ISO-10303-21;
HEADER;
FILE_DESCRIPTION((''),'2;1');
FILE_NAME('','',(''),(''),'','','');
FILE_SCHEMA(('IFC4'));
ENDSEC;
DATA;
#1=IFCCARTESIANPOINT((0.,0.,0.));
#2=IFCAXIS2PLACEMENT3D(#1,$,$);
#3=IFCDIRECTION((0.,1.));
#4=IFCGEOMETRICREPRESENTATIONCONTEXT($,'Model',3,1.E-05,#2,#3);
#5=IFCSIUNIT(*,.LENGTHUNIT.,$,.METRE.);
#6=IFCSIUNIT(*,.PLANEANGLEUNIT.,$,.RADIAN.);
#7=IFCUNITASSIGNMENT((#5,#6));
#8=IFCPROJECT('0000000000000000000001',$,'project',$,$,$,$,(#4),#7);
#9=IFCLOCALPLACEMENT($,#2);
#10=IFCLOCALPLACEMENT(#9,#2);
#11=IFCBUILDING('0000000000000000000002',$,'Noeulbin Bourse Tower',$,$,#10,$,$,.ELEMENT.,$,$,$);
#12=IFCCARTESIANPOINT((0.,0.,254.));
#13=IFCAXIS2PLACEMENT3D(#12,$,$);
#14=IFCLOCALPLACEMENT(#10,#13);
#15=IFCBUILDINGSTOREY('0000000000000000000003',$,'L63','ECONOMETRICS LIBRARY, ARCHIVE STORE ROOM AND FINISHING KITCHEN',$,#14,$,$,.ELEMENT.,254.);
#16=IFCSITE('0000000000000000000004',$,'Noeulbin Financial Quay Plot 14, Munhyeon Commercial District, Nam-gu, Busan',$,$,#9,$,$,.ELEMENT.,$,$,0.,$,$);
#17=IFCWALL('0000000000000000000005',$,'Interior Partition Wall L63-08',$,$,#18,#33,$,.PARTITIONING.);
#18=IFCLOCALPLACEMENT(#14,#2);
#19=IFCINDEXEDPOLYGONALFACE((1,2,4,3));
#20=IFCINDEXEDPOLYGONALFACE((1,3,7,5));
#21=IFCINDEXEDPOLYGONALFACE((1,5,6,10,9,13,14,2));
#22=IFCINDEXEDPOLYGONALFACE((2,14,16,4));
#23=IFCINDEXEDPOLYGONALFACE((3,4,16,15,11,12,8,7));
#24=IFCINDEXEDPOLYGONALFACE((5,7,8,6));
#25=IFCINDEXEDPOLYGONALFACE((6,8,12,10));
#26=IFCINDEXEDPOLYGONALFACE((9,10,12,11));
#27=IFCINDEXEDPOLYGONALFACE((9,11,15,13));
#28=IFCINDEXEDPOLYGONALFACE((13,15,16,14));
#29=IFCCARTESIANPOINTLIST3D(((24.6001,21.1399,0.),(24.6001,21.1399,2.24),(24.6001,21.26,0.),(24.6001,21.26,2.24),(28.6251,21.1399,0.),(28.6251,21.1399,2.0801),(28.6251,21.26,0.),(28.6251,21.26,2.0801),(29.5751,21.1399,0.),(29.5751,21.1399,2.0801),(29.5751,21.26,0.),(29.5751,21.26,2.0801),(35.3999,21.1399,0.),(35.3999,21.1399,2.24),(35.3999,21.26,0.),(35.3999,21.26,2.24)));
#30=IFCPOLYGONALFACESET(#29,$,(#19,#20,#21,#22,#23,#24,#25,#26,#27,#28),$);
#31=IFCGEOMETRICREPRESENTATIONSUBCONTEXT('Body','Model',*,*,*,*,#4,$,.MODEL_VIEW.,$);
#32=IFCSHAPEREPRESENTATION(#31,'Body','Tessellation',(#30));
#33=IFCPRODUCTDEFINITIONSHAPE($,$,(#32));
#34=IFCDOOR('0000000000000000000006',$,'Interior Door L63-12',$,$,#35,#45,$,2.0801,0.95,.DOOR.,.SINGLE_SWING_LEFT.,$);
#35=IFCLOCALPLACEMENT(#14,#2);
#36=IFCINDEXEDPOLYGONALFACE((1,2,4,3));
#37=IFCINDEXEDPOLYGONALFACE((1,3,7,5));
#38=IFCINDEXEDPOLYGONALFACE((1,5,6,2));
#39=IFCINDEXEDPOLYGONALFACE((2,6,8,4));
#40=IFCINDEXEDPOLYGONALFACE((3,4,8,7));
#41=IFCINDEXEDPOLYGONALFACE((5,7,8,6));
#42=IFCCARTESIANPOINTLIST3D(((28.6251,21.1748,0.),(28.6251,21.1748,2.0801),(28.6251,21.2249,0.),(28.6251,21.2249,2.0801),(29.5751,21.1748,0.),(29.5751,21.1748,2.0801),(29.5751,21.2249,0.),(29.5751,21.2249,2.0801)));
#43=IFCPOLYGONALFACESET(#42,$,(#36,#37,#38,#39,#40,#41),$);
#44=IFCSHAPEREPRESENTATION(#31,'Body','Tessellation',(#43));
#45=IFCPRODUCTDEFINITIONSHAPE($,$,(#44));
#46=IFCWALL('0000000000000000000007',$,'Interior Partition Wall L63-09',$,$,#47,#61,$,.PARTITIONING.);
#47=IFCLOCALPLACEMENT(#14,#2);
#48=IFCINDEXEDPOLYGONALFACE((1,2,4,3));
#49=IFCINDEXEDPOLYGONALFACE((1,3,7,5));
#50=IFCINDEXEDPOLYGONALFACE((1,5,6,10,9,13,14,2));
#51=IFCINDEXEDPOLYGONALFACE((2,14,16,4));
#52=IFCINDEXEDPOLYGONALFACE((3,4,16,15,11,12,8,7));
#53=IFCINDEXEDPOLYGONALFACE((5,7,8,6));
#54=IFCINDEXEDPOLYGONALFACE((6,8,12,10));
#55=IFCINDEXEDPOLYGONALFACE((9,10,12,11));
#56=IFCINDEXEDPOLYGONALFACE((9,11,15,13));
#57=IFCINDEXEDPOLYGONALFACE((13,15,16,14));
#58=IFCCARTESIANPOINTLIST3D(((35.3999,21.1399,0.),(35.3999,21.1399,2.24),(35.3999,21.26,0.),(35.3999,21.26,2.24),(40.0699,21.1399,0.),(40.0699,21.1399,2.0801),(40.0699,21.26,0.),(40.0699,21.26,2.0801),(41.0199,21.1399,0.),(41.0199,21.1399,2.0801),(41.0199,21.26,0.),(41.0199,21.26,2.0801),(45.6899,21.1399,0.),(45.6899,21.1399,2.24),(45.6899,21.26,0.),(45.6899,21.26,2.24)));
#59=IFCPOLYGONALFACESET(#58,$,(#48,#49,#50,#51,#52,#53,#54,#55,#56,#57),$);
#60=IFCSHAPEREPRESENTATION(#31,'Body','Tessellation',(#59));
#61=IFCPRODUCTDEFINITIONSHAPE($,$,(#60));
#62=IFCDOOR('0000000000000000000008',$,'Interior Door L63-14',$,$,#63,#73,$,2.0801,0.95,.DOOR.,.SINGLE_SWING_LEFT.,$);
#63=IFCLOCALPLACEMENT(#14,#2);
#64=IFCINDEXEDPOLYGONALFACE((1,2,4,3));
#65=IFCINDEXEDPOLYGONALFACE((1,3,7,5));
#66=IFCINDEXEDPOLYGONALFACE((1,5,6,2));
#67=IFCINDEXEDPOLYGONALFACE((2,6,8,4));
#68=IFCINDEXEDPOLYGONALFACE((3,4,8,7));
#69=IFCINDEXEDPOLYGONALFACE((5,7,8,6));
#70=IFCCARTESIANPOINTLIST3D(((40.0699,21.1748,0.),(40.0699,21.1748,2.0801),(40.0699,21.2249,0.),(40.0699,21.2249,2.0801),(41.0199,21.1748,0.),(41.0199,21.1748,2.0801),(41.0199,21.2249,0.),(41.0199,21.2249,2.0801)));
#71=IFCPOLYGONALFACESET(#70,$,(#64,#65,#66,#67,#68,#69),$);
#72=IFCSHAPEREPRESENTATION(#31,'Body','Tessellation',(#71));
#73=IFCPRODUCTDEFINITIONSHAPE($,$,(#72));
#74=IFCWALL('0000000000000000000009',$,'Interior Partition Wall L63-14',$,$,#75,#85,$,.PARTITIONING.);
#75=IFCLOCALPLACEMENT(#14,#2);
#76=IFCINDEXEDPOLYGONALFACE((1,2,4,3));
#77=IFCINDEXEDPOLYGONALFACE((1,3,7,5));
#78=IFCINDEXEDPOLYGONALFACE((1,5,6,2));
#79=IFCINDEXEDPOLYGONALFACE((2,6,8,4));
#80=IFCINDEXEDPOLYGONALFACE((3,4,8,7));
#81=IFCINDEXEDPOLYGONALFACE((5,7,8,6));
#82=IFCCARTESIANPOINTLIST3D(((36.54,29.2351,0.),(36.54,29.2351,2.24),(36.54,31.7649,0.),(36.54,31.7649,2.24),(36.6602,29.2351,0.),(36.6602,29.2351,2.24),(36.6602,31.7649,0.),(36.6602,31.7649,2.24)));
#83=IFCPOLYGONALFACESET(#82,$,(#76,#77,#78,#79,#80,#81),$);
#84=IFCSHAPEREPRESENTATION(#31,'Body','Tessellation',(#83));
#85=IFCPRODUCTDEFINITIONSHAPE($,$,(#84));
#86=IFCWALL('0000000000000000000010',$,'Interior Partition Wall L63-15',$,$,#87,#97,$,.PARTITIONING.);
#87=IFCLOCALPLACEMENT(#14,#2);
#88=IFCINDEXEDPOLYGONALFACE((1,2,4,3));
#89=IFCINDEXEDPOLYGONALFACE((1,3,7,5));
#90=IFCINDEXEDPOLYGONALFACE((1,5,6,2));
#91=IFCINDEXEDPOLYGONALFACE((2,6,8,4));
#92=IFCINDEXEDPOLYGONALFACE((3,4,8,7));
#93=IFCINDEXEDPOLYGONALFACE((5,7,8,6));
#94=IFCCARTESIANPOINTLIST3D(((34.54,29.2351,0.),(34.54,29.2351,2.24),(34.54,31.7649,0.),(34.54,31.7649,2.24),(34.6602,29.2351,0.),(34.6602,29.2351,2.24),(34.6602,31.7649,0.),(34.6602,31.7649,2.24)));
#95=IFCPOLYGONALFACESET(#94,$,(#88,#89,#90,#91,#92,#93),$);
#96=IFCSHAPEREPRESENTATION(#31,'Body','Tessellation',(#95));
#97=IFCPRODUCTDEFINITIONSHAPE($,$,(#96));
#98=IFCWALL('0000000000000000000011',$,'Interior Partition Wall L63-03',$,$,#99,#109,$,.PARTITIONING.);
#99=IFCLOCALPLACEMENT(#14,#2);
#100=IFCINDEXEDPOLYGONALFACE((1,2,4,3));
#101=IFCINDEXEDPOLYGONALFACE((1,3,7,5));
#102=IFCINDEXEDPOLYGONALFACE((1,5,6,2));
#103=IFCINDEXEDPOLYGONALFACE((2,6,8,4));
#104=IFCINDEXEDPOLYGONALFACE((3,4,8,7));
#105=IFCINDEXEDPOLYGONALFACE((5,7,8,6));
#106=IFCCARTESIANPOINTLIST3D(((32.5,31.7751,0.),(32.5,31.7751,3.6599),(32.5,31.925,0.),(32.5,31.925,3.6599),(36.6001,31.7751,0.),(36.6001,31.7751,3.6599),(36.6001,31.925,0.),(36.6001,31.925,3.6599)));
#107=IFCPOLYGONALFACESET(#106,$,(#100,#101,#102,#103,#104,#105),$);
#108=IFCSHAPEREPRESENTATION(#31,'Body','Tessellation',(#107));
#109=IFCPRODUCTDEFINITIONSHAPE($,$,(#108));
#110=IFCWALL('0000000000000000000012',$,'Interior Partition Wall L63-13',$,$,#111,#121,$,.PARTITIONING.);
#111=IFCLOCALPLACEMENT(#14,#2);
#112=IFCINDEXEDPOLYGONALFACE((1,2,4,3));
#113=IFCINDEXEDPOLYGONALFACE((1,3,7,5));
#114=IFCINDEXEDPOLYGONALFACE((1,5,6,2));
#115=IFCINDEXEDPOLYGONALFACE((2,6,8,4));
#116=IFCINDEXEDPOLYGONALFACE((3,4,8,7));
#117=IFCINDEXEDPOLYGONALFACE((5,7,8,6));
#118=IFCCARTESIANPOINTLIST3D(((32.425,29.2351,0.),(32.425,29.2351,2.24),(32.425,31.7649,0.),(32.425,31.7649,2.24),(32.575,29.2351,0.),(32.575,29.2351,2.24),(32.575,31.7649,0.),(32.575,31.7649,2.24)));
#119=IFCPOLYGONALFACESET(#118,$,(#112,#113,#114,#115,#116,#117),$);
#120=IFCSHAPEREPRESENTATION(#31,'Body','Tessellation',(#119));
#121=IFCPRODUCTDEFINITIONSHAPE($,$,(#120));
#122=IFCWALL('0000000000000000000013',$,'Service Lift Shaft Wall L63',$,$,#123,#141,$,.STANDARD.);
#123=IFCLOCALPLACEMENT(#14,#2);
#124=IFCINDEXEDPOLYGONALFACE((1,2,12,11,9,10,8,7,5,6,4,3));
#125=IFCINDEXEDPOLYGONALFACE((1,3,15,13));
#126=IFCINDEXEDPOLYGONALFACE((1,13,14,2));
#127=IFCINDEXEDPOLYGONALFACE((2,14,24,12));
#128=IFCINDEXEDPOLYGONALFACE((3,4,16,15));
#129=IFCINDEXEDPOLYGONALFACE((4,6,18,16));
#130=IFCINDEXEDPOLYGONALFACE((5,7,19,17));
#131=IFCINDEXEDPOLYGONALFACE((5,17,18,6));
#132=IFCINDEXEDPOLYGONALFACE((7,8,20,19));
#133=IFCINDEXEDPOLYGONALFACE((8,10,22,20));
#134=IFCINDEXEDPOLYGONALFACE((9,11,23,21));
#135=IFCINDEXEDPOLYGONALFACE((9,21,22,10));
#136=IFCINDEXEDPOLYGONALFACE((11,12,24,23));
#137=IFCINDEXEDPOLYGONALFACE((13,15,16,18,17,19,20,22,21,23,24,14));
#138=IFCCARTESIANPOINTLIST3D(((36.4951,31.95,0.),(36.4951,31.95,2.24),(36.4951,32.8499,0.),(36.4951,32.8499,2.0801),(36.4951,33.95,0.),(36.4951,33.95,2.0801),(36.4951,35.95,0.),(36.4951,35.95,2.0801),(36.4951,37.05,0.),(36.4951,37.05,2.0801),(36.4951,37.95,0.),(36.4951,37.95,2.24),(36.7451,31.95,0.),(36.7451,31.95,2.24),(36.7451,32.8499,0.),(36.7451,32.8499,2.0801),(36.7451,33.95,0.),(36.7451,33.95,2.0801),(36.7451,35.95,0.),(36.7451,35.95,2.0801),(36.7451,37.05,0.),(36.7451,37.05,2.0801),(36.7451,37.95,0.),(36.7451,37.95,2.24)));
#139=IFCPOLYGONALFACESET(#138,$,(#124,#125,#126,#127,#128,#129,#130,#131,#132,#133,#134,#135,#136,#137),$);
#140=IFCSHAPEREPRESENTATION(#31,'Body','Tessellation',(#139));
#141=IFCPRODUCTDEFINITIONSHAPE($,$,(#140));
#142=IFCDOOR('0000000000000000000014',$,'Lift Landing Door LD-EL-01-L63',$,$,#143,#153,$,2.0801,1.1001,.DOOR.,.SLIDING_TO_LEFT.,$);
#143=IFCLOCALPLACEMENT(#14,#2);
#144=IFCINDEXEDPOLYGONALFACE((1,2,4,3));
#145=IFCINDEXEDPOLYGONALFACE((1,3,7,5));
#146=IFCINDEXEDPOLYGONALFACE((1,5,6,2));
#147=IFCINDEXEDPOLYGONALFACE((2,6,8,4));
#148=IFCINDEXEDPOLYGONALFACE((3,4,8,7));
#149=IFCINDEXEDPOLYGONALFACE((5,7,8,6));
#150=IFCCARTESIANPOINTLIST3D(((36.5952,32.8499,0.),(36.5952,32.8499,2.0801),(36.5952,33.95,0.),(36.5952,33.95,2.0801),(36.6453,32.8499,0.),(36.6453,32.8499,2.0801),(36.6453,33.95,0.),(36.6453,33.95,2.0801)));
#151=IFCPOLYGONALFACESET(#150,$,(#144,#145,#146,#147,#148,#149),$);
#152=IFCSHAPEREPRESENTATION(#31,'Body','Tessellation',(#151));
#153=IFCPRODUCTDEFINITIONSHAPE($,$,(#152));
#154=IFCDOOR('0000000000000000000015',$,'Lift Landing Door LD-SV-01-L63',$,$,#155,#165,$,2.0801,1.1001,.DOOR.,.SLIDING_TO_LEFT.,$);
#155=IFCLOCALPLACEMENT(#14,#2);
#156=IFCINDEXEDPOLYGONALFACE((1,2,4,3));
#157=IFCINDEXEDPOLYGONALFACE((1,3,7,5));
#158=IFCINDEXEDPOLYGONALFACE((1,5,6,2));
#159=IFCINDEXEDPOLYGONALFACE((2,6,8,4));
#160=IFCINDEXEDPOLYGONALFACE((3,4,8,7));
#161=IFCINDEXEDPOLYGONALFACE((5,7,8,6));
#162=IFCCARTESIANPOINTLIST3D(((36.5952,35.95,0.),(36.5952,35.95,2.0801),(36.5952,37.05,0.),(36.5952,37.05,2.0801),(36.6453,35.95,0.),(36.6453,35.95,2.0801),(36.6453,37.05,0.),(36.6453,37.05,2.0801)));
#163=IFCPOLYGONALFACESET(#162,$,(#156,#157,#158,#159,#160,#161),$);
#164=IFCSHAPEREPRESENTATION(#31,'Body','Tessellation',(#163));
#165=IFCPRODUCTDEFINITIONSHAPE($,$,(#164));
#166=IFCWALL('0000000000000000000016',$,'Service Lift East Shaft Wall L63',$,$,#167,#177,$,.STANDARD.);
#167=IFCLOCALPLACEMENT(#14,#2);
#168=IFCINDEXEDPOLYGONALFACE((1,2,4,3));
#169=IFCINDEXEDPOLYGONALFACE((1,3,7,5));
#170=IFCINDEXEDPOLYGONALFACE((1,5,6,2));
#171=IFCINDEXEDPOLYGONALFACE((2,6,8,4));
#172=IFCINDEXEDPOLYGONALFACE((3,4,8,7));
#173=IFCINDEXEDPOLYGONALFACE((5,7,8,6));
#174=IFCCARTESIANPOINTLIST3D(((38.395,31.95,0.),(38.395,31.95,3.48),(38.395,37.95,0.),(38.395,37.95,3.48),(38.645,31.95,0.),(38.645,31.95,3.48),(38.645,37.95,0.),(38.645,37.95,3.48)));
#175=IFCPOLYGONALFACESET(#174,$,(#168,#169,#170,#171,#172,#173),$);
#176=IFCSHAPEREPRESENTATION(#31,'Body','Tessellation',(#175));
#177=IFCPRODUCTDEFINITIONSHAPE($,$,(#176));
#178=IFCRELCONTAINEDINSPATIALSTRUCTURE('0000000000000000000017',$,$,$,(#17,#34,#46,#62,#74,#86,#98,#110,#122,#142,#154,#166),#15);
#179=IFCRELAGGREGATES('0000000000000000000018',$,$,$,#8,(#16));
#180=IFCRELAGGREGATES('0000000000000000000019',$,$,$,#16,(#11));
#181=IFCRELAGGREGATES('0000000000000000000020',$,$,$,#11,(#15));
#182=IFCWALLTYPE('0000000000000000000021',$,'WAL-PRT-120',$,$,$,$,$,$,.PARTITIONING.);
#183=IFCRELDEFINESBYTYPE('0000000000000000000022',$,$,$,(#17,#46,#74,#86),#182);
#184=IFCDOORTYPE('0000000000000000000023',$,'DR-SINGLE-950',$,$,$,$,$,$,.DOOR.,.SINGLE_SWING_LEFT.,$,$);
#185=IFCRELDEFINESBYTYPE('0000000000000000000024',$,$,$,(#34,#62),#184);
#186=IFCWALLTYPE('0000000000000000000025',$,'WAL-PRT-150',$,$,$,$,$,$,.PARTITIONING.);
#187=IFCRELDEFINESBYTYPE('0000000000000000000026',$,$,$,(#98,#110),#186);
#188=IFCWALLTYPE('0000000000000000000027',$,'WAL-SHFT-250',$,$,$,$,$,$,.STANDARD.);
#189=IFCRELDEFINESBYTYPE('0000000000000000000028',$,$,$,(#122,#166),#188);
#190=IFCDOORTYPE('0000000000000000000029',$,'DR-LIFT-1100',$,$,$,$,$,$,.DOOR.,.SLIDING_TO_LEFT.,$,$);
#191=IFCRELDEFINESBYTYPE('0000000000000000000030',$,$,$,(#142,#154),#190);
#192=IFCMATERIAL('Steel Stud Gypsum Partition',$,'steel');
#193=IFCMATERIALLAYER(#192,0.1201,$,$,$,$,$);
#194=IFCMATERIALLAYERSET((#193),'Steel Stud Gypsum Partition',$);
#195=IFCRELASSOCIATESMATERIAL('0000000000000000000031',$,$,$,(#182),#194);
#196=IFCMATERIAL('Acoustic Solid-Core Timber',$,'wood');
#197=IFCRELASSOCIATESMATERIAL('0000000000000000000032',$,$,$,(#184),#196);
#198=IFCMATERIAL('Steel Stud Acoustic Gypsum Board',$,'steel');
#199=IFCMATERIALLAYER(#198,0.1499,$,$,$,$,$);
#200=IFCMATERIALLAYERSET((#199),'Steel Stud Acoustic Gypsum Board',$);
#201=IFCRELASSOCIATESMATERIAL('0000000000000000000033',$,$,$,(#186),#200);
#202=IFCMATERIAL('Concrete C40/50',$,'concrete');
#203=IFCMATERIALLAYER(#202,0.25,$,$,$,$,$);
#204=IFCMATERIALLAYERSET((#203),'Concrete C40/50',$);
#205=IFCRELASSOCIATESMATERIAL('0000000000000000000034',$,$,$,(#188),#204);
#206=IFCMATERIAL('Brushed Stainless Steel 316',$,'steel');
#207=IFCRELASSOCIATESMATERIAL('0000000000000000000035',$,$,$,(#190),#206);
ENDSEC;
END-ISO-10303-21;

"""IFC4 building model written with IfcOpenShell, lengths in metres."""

from ifc_helpers import new_model, si_unit, direction, frame, frame_2d, origin, place, context, subcontext, project, spatial, rectangle, extrude, material, layer, layer_set, type_object, element, fill, save


model = new_model("IFC4")

# Units and contexts
model_context = context("Model", 3, precision=1e-05, world=origin(), true_north=direction((0.0, 1.0)))
body_context = subcontext(model_context, "Body", "Model", "MODEL_VIEW")
ifc_project = project(units=[si_unit("LENGTHUNIT", "METRE"), si_unit("PLANEANGLEUNIT", "RADIAN")], contexts=[model_context])

# Site, building, storey
site_placement = place(None, origin())
site = spatial("IfcSite", under=ifc_project, at=site_placement, Name="Noeulbin Financial Quay Plot 14, Munhyeon Commercial District, Nam-gu, Busan", CompositionType="ELEMENT", RefElevation=0.0)
building_placement = place(site_placement, origin())
building = spatial("IfcBuilding", under=site, at=building_placement, Name="Noeulbin Bourse Tower", CompositionType="ELEMENT")
storey_placement = place(building_placement, frame((0.0, 0.0, 254.0)))
storey = spatial("IfcBuildingStorey", under=building, at=storey_placement, Name="L63", Description="ECONOMETRICS LIBRARY, ARCHIVE STORE ROOM AND FINISHING KITCHEN", CompositionType="ELEMENT", Elevation=254.0)

# Shared definitions
ifc_material_1 = material(Name="Concrete C40/50", Category="concrete")

# Walls, openings, doors
ifc_material_2 = material(Name="Steel Stud Gypsum Partition", Category="steel")
ifc_layer_1 = layer(ifc_material_2, 0.1201)
ifc_layer_set_1 = layer_set([ifc_layer_1], Name="Steel Stud Gypsum Partition")
wall_type_1 = type_object("IfcWallType", Name="WAL-PRT-120", PredefinedType="PARTITIONING", material=ifc_layer_set_1)
wall_1_placement = place(storey_placement, frame((24.6001, 21.2, 0.0), z_axis=(0.0, 0.0, 1.0), x_axis=(1.0, 0.0, 0.0)))
wall_1 = element("IfcWall", 1, at=wall_1_placement, inside=storey, type_object=wall_type_1, Name="Interior Partition Wall L63-08", PredefinedType="PARTITIONING", context=body_context, shape_type="SweptSolid", body=[
    extrude(rectangle(XDim=10.7998, YDim=0.1201, at=frame_2d((5.3999, 0.0))), origin(), (0.0, 0.0, 1.0), 2.24),
])
opening_1_placement = place(wall_1_placement, frame((4.0249, 0.0, 0.0)))
opening_1 = element("IfcOpeningElement", 2, at=opening_1_placement, cuts=wall_1, PredefinedType="OPENING", context=body_context, shape_type="SweptSolid", body=[
    extrude(rectangle(XDim=0.95, YDim=2.0801, at=frame_2d((0.4751, 1.04))), frame((0.0, 0.0701, 0.0), z_axis=(0.0, -1.0, 0.0), x_axis=(1.0, 0.0, 0.0)), (0.0, 0.0, 1.0), 0.1401),
])
ifc_material_3 = material(Name="Acoustic Solid-Core Timber", Category="wood")
door_type_1 = type_object("IfcDoorType", Name="DR-SINGLE-950", OperationType="SINGLE_SWING_LEFT", PredefinedType="DOOR", material=ifc_material_3)
door_1_placement = place(opening_1_placement, origin())
door_1 = element("IfcDoor", 3, at=door_1_placement, inside=storey, type_object=door_type_1, Name="Interior Door L63-12", OperationType="SINGLE_SWING_LEFT", OverallHeight=2.0801, OverallWidth=0.95, PredefinedType="DOOR", context=body_context, shape_type="SweptSolid", body=[
    extrude(rectangle(XDim=0.95, YDim=2.0801, at=frame_2d((0.4751, 1.04))), frame((0.0, 0.0249, 0.0), z_axis=(0.0, -1.0, 0.0), x_axis=(1.0, 0.0, 0.0)), (0.0, 0.0, 1.0), 0.05),
])
fill(opening_1, door_1)
wall_2_placement = place(storey_placement, frame((35.3999, 21.2, 0.0), z_axis=(0.0, 0.0, 1.0), x_axis=(1.0, 0.0, 0.0)))
wall_2 = element("IfcWall", 4, at=wall_2_placement, inside=storey, type_object=wall_type_1, Name="Interior Partition Wall L63-09", PredefinedType="PARTITIONING", context=body_context, shape_type="SweptSolid", body=[
    extrude(rectangle(XDim=10.29, YDim=0.1201, at=frame_2d((5.145, 0.0))), origin(), (0.0, 0.0, 1.0), 2.24),
])
opening_2_placement = place(wall_2_placement, frame((4.6699, 0.0, 0.0)))
opening_2 = element("IfcOpeningElement", 5, at=opening_2_placement, cuts=wall_2, PredefinedType="OPENING", context=body_context, shape_type="SweptSolid", body=[
    extrude(rectangle(XDim=0.95, YDim=2.0801, at=frame_2d((0.4751, 1.04))), frame((0.0, 0.0701, 0.0), z_axis=(0.0, -1.0, 0.0), x_axis=(1.0, 0.0, 0.0)), (0.0, 0.0, 1.0), 0.1401),
])
door_2_placement = place(opening_2_placement, origin())
door_2 = element("IfcDoor", 6, at=door_2_placement, inside=storey, type_object=door_type_1, Name="Interior Door L63-14", OperationType="SINGLE_SWING_LEFT", OverallHeight=2.0801, OverallWidth=0.95, PredefinedType="DOOR", context=body_context, shape_type="SweptSolid", body=[
    extrude(rectangle(XDim=0.95, YDim=2.0801, at=frame_2d((0.4751, 1.04))), frame((0.0, 0.0249, 0.0), z_axis=(0.0, -1.0, 0.0), x_axis=(1.0, 0.0, 0.0)), (0.0, 0.0, 1.0), 0.05),
])
fill(opening_2, door_2)

# Walls
for number, where, z_axis, x_axis, name in (
    (7, (36.6001, 29.2351, 0.0), (0.0, 0.0, 1.0), (0.0, 1.0, 0.0), "Interior Partition Wall L63-14"),
    (8, (34.6001, 29.2351, 0.0), (0.0, 0.0, 1.0), (0.0, 1.0, 0.0), "Interior Partition Wall L63-15"),
):
    element("IfcWall", number, at=place(storey_placement, frame(where, z_axis=z_axis, x_axis=x_axis)), inside=storey, type_object=wall_type_1, Name=name, PredefinedType="PARTITIONING", context=body_context, shape_type="SweptSolid", body=[
        extrude(rectangle(XDim=2.5298, YDim=0.1201, at=frame_2d((1.2649, 0.0))), origin(), (0.0, 0.0, 1.0), 2.24),
    ])
ifc_material_4 = material(Name="Steel Stud Acoustic Gypsum Board", Category="steel")
ifc_layer_2 = layer(ifc_material_4, 0.1499)
ifc_layer_set_2 = layer_set([ifc_layer_2], Name="Steel Stud Acoustic Gypsum Board")
wall_type_2 = type_object("IfcWallType", Name="WAL-PRT-150", PredefinedType="PARTITIONING", material=ifc_layer_set_2)
wall_3_placement = place(storey_placement, frame((32.5, 31.8501, 0.0), z_axis=(0.0, 0.0, 1.0), x_axis=(1.0, 0.0, 0.0)))
element("IfcWall", 9, at=wall_3_placement, inside=storey, type_object=wall_type_2, Name="Interior Partition Wall L63-03", PredefinedType="PARTITIONING", context=body_context, shape_type="SweptSolid", body=[
    extrude(rectangle(XDim=4.1001, YDim=0.1499, at=frame_2d((2.05, 0.0))), origin(), (0.0, 0.0, 1.0), 3.6599),
])
wall_4_placement = place(storey_placement, frame((32.5, 29.2351, 0.0), z_axis=(0.0, 0.0, 1.0), x_axis=(0.0, 1.0, 0.0)))
element("IfcWall", 10, at=wall_4_placement, inside=storey, type_object=wall_type_2, Name="Interior Partition Wall L63-13", PredefinedType="PARTITIONING", context=body_context, shape_type="SweptSolid", body=[
    extrude(rectangle(XDim=2.5298, YDim=0.1499, at=frame_2d((1.2649, 0.0))), origin(), (0.0, 0.0, 1.0), 2.24),
])

# Wall, openings, doors
ifc_layer_3 = layer(ifc_material_1, 0.25)
ifc_layer_set_3 = layer_set([ifc_layer_3], Name="Concrete C40/50")
wall_type_3 = type_object("IfcWallType", Name="WAL-SHFT-250", PredefinedType="STANDARD", material=ifc_layer_set_3)
wall_5_placement = place(storey_placement, frame((36.6201, 31.95, 0.0), z_axis=(0.0, 0.0, 1.0), x_axis=(0.0, 1.0, 0.0)))
wall_5 = element("IfcWall", 11, at=wall_5_placement, inside=storey, type_object=wall_type_3, Name="Service Lift Shaft Wall L63", PredefinedType="STANDARD", context=body_context, shape_type="SweptSolid", body=[
    extrude(rectangle(XDim=6.0, YDim=0.25, at=frame_2d((3.0, 0.0))), origin(), (0.0, 0.0, 1.0), 2.24),
])
opening_3_placement = place(wall_5_placement, frame((0.8999, 0.0, 0.0)))
opening_3 = element("IfcOpeningElement", 12, at=opening_3_placement, cuts=wall_5, PredefinedType="OPENING", context=body_context, shape_type="SweptSolid", body=[
    extrude(rectangle(XDim=1.1001, YDim=2.0801, at=frame_2d((0.55, 1.04))), frame((0.0, 0.135, 0.0), z_axis=(0.0, -1.0, 0.0), x_axis=(1.0, 0.0, 0.0)), (0.0, 0.0, 1.0), 0.27),
])
opening_4_placement = place(wall_5_placement, frame((4.0, 0.0, 0.0)))
opening_4 = element("IfcOpeningElement", 13, at=opening_4_placement, cuts=wall_5, PredefinedType="OPENING", context=body_context, shape_type="SweptSolid", body=[
    extrude(rectangle(XDim=1.1001, YDim=2.0801, at=frame_2d((0.55, 1.04))), frame((0.0, 0.135, 0.0), z_axis=(0.0, -1.0, 0.0), x_axis=(1.0, 0.0, 0.0)), (0.0, 0.0, 1.0), 0.27),
])
ifc_material_5 = material(Name="Brushed Stainless Steel 316", Category="steel")
door_type_2 = type_object("IfcDoorType", Name="DR-LIFT-1100", OperationType="SLIDING_TO_LEFT", PredefinedType="DOOR", material=ifc_material_5)
door_3_placement = place(opening_3_placement, origin())
door_3 = element("IfcDoor", 14, at=door_3_placement, inside=storey, type_object=door_type_2, Name="Lift Landing Door LD-EL-01-L63", OperationType="SLIDING_TO_LEFT", OverallHeight=2.0801, OverallWidth=1.1001, PredefinedType="DOOR", context=body_context, shape_type="SweptSolid", body=[
    extrude(rectangle(XDim=1.1001, YDim=2.0801, at=frame_2d((0.55, 1.04))), frame((0.0, 0.0249, 0.0), z_axis=(0.0, -1.0, 0.0), x_axis=(1.0, 0.0, 0.0)), (0.0, 0.0, 1.0), 0.05),
])
fill(opening_3, door_3)
door_4_placement = place(opening_4_placement, origin())
door_4 = element("IfcDoor", 15, at=door_4_placement, inside=storey, type_object=door_type_2, Name="Lift Landing Door LD-SV-01-L63", OperationType="SLIDING_TO_LEFT", OverallHeight=2.0801, OverallWidth=1.1001, PredefinedType="DOOR", context=body_context, shape_type="SweptSolid", body=[
    extrude(rectangle(XDim=1.1001, YDim=2.0801, at=frame_2d((0.55, 1.04))), frame((0.0, 0.0249, 0.0), z_axis=(0.0, -1.0, 0.0), x_axis=(1.0, 0.0, 0.0)), (0.0, 0.0, 1.0), 0.05),
])
fill(opening_4, door_4)

# Wall
wall_6_placement = place(storey_placement, frame((38.52, 31.95, 0.0), z_axis=(0.0, 0.0, 1.0), x_axis=(0.0, 1.0, 0.0)))
element("IfcWall", 16, at=wall_6_placement, inside=storey, type_object=wall_type_3, Name="Service Lift East Shaft Wall L63", PredefinedType="STANDARD", context=body_context, shape_type="SweptSolid", body=[
    extrude(rectangle(XDim=6.0, YDim=0.25, at=frame_2d((3.0, 0.0))), origin(), (0.0, 0.0, 1.0), 3.48),
])

save(model, "model.ifc")
